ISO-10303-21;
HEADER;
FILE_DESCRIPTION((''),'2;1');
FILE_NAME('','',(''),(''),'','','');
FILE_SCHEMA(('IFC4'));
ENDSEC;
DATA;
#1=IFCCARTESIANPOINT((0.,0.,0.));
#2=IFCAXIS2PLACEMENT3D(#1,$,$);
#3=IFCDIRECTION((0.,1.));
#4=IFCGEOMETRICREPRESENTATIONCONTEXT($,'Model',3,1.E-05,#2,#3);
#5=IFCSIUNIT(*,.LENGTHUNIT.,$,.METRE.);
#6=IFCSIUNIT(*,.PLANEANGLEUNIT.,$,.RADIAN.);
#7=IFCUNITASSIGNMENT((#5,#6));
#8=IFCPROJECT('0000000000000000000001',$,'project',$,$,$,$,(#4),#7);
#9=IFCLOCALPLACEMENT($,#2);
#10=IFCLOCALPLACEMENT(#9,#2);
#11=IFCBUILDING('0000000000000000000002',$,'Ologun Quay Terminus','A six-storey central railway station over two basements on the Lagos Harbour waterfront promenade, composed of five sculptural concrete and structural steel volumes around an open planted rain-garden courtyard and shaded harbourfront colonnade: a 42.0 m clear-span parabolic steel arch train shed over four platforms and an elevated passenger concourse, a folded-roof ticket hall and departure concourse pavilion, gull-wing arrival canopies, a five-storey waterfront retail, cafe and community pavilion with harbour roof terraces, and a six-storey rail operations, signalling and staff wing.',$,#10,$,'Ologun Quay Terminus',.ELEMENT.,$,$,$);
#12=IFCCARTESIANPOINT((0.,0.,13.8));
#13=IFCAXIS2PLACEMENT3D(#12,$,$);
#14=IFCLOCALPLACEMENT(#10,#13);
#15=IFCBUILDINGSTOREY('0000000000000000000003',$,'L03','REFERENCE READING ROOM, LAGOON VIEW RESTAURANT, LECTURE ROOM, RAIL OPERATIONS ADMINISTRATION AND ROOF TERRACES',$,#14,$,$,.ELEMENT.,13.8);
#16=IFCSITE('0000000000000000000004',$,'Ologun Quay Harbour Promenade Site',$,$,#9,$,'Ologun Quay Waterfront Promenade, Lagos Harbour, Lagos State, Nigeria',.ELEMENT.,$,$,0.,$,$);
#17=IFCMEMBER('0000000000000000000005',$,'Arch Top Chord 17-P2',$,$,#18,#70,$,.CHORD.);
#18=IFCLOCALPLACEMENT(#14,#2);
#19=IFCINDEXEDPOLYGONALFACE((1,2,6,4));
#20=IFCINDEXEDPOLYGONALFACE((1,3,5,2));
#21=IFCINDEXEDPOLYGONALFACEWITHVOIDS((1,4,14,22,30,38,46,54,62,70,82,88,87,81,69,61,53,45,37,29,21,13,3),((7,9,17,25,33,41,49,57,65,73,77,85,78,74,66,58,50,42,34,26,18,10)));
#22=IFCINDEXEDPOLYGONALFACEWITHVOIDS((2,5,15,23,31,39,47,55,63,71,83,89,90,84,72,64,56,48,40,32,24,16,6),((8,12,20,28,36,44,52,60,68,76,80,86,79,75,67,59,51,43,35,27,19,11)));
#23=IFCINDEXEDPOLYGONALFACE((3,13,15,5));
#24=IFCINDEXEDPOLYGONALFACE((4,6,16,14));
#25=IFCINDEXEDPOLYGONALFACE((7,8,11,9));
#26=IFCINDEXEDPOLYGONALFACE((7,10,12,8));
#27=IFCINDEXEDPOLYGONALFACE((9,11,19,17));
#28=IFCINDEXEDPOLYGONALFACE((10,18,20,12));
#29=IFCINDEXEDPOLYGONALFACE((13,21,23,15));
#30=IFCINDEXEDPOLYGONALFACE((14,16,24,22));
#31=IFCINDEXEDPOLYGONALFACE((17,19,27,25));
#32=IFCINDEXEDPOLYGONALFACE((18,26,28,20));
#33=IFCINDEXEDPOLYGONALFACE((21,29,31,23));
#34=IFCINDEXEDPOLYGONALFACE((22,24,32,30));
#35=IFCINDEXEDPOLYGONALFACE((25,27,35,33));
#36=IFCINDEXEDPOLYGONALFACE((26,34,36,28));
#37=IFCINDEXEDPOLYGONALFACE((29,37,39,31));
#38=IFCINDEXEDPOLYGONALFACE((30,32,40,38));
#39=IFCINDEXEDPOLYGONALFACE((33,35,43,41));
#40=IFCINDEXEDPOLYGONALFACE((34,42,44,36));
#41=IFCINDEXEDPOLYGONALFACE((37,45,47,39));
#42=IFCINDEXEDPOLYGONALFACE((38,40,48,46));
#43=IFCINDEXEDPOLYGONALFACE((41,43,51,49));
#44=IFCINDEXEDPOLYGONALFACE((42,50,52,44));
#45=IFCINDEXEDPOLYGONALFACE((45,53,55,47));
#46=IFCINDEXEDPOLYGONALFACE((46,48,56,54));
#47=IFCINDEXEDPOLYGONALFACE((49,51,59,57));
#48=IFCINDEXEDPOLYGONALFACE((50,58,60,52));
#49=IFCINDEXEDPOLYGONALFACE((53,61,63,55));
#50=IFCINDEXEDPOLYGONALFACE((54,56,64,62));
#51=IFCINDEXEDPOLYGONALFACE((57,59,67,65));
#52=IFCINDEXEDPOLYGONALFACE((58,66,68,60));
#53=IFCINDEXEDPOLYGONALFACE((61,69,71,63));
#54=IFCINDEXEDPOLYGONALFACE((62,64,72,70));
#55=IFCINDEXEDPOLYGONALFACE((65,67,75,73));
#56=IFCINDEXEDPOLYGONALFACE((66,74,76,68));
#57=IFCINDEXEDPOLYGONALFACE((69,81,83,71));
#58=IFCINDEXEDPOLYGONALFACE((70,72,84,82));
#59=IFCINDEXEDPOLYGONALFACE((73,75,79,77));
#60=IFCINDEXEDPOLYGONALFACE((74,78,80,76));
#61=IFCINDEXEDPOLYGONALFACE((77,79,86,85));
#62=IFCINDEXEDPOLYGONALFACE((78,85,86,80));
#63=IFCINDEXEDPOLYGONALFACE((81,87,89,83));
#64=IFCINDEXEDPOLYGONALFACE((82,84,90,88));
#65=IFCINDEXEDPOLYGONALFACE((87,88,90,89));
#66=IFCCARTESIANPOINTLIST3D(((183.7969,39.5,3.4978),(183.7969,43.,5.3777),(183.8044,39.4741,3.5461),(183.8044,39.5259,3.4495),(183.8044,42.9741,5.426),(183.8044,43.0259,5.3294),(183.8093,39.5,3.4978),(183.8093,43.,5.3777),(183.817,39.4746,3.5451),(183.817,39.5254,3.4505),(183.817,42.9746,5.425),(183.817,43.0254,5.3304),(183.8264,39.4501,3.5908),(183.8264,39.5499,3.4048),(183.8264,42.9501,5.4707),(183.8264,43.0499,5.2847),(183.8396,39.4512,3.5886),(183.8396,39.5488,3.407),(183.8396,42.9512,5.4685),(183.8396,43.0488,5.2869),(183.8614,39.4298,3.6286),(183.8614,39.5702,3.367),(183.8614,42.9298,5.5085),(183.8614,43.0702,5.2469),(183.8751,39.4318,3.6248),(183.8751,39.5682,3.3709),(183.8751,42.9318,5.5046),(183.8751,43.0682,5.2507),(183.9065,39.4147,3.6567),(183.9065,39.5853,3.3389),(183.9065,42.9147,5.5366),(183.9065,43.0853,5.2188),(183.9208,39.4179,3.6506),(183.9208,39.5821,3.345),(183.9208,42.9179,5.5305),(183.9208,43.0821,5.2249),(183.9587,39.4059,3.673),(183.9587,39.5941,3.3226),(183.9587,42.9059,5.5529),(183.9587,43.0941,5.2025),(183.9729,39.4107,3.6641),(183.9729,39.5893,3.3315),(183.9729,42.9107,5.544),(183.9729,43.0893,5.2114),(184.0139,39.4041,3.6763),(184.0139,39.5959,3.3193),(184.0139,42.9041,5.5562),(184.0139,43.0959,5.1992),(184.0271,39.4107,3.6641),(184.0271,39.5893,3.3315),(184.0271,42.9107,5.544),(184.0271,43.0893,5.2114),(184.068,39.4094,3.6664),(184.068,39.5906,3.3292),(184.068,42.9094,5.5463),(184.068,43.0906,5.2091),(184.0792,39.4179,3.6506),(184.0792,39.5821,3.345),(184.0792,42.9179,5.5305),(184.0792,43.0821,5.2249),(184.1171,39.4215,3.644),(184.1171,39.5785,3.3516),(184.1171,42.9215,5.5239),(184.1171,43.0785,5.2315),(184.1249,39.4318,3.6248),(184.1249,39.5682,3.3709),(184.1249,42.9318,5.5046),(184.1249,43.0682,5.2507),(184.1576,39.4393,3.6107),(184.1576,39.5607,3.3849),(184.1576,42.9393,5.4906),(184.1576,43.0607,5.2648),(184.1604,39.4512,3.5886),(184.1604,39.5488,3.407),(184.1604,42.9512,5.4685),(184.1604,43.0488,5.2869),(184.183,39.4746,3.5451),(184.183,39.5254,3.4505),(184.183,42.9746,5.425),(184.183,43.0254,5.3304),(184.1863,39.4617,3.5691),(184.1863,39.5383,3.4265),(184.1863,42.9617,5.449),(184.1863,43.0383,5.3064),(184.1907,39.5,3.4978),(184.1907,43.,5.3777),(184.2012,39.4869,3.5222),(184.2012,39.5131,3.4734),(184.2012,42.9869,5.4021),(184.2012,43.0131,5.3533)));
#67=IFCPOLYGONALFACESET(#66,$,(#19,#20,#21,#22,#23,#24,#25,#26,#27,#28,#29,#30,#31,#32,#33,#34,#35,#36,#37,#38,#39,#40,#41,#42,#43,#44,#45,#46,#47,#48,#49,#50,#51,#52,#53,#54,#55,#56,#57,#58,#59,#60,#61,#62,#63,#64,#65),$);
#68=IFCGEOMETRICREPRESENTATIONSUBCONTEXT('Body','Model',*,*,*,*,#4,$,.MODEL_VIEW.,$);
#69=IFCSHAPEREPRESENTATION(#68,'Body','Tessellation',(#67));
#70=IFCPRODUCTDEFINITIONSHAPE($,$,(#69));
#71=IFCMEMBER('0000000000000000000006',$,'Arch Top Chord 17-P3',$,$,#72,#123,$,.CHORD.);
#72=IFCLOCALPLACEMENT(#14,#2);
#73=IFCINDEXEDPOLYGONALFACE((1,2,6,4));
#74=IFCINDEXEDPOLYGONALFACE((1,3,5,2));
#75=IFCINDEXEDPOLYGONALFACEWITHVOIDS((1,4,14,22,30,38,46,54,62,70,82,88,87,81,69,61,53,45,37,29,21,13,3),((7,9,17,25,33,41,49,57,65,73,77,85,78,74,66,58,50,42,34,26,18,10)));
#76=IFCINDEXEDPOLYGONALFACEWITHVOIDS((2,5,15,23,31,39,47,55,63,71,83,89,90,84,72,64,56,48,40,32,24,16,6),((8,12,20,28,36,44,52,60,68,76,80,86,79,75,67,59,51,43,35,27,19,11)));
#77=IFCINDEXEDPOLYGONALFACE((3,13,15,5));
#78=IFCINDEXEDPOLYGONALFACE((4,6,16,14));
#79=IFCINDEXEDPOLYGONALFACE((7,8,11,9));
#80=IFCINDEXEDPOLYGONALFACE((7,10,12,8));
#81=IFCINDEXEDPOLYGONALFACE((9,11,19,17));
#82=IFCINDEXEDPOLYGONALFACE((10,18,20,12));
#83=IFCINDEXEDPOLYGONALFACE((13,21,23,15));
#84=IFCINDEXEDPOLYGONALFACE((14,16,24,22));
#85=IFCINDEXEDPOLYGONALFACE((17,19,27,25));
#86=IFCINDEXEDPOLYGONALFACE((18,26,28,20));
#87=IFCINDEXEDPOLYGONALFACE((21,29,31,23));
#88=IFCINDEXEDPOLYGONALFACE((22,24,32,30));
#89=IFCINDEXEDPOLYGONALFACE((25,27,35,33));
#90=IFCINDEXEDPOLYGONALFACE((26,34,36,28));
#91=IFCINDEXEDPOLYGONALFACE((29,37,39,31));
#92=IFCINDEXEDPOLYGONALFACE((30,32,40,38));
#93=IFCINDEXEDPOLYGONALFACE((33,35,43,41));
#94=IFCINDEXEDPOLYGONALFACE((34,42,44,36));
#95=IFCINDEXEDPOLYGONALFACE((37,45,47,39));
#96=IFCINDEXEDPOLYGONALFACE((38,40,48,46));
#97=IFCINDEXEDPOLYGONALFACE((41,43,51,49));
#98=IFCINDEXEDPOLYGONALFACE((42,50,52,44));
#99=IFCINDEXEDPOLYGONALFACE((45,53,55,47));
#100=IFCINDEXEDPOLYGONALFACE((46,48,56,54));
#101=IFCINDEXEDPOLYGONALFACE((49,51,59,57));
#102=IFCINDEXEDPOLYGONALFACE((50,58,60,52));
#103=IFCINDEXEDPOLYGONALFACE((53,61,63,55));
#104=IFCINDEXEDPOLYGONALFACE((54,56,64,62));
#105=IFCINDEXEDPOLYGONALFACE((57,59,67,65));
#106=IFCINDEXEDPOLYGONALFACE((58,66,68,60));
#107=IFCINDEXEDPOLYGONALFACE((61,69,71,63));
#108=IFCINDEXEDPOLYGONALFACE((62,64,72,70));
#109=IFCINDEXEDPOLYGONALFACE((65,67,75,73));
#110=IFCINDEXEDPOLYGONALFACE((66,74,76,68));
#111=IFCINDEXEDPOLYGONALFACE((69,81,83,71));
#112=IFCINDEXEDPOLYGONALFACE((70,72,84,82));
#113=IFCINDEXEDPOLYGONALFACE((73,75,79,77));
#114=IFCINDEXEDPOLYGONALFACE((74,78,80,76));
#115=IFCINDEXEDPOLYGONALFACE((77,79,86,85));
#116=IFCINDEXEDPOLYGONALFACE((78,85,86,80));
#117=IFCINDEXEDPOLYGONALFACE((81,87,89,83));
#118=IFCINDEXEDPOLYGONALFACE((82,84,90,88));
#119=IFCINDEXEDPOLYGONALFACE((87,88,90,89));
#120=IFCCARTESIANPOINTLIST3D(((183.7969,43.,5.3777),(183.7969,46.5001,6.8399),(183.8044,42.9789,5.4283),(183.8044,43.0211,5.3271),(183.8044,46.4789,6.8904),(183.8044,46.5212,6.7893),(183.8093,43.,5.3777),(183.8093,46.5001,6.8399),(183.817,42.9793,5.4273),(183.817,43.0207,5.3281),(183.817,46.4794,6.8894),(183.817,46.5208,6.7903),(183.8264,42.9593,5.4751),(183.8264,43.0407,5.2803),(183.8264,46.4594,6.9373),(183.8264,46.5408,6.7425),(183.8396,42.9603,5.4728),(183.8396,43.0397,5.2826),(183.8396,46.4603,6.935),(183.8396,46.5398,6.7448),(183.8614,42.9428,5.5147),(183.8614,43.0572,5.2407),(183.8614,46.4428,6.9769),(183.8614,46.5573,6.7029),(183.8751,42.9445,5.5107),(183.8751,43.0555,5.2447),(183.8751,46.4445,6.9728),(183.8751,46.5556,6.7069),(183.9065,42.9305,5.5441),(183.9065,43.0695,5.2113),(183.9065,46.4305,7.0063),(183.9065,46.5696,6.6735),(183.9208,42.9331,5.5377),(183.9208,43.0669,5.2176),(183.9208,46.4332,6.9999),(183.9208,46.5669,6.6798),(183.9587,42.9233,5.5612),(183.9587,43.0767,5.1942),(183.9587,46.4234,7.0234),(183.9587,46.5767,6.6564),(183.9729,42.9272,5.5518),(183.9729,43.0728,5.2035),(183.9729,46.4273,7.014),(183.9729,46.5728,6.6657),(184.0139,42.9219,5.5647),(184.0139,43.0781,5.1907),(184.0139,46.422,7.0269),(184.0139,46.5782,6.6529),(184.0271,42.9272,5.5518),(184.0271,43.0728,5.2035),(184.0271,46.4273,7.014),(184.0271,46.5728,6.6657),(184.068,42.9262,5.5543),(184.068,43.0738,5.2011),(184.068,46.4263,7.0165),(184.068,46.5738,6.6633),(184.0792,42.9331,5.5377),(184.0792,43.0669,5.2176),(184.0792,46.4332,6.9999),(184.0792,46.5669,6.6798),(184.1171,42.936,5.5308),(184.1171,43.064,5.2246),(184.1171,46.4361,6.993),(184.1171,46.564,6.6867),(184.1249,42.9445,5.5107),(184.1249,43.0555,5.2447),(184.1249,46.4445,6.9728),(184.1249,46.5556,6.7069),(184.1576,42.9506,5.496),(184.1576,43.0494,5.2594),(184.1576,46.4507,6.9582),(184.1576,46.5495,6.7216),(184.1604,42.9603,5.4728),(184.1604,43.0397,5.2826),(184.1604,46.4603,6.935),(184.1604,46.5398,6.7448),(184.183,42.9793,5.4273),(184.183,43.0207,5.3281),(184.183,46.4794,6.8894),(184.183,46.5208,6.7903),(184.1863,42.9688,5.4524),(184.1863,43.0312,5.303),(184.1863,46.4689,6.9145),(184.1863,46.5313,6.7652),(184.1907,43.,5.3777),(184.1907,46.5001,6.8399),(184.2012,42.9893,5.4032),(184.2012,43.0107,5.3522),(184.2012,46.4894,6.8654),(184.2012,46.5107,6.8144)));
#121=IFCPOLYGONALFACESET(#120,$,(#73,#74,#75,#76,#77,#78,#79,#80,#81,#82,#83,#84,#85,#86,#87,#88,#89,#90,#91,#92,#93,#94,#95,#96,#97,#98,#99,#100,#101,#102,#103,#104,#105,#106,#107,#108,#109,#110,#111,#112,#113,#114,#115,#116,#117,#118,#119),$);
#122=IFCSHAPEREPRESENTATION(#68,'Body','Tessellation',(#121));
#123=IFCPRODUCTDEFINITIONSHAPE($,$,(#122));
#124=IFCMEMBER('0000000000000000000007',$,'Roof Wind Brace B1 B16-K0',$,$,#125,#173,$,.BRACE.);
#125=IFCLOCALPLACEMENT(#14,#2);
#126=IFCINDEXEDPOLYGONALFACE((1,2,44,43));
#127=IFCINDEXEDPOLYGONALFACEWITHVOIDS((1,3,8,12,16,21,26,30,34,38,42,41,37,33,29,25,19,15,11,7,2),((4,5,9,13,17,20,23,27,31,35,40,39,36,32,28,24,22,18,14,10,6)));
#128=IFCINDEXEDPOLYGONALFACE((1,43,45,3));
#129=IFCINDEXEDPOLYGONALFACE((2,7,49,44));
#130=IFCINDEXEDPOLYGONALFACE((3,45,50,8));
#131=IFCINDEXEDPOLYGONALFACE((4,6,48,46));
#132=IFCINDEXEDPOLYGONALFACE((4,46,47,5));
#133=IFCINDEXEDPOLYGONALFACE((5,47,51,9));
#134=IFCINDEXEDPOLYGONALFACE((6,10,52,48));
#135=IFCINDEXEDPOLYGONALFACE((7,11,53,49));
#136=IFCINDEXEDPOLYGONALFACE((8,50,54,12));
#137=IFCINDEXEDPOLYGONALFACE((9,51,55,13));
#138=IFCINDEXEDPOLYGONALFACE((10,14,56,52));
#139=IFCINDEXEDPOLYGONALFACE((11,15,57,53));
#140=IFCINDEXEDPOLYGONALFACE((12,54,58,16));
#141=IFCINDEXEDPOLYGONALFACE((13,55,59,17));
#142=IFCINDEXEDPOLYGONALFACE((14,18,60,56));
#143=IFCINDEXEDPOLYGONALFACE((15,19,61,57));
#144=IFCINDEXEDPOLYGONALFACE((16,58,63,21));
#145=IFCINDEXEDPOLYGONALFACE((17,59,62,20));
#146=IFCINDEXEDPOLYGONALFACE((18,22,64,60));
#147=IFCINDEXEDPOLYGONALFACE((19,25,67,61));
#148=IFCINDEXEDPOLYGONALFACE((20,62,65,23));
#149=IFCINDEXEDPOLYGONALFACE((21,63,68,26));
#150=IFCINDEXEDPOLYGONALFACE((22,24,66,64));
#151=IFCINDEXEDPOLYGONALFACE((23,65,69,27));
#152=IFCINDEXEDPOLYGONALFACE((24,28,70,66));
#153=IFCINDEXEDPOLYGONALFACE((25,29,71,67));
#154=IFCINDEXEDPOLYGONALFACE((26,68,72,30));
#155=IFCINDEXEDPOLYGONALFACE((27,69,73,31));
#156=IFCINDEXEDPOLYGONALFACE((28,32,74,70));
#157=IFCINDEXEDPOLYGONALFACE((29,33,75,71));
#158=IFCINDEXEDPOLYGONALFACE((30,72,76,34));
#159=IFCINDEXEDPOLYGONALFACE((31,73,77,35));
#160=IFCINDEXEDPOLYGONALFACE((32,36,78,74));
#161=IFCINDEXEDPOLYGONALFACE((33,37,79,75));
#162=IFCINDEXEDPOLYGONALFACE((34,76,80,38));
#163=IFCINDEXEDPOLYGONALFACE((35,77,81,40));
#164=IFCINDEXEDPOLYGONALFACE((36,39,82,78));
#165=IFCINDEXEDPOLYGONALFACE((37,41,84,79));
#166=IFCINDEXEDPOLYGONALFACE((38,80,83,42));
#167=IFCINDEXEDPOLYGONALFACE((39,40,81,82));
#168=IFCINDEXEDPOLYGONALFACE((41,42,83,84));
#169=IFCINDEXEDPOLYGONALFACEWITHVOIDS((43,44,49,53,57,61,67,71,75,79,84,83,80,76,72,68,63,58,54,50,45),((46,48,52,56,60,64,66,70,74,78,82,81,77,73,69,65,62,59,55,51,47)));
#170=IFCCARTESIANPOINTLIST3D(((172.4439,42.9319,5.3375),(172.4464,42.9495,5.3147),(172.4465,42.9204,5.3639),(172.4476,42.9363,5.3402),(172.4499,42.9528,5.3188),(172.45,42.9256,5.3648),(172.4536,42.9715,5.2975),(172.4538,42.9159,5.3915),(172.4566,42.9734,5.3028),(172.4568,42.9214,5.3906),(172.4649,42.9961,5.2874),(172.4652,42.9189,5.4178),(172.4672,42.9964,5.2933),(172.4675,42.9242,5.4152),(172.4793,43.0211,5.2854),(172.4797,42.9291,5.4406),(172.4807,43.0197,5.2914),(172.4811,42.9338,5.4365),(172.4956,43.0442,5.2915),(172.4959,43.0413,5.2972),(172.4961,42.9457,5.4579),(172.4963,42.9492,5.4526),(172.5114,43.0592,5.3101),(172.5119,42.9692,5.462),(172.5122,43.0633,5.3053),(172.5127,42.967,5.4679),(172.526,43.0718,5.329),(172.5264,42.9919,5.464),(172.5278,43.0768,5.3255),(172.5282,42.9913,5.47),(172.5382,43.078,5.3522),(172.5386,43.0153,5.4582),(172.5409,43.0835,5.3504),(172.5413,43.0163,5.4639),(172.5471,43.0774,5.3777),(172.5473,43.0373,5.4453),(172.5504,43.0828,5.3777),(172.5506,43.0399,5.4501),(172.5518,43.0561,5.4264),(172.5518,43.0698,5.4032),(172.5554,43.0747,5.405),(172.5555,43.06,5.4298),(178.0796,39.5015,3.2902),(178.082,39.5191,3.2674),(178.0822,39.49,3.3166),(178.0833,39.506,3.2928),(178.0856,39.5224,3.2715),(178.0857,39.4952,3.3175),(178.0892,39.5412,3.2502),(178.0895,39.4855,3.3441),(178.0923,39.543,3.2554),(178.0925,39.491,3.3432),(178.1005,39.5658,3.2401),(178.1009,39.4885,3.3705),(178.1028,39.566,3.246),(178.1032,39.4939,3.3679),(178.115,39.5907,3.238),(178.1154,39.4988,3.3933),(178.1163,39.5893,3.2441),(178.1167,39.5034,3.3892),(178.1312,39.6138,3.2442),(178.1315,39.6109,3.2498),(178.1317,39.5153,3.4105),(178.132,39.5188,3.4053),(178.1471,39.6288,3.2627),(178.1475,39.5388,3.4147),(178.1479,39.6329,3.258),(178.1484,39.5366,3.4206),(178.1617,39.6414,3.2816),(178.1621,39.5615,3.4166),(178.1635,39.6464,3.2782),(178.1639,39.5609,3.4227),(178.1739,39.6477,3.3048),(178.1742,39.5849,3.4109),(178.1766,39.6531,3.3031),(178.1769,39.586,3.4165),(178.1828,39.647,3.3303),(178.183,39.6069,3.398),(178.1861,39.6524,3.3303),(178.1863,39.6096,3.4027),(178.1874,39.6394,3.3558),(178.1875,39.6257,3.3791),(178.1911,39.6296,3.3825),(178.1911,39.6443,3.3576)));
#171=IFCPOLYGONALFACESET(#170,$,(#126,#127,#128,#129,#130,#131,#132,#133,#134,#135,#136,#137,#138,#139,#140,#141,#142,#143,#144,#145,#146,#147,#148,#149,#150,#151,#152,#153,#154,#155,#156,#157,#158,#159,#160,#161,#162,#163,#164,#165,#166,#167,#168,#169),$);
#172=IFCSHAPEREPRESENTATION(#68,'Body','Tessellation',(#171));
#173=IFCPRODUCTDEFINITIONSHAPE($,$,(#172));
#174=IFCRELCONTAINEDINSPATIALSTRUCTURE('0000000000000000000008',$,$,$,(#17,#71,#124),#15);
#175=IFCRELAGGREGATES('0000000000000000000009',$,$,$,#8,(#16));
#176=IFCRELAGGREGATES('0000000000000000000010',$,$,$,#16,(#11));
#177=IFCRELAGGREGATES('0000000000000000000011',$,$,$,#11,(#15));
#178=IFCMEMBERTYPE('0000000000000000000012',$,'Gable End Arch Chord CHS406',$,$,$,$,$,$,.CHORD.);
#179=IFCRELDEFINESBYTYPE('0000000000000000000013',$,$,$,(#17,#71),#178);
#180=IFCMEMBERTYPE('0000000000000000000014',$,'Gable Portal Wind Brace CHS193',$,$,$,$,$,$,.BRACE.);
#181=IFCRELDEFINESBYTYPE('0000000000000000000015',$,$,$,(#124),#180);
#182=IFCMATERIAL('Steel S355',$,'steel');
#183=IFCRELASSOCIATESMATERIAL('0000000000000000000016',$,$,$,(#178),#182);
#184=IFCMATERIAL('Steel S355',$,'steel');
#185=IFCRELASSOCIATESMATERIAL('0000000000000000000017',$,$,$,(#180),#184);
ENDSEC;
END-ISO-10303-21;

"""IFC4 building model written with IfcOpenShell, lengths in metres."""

from ifc_helpers import new_model, si_unit, direction, frame, origin, origin_2d, place, context, subcontext, project, spatial, hollow_circle, extrude, material, material_profile, profile_set, type_object, element, save


model = new_model("IFC4")

# Units and contexts
model_context = context("Model", 3, precision=1e-05, world=origin(), true_north=direction((0.0, 1.0)))
body_context = subcontext(model_context, "Body", "Model", "MODEL_VIEW")
ifc_project = project(units=[si_unit("LENGTHUNIT", "METRE"), si_unit("PLANEANGLEUNIT", "RADIAN")], contexts=[model_context])

# Site, building, storey
site_placement = place(None, origin())
site = spatial("IfcSite", under=ifc_project, at=site_placement, Name="Ologun Quay Harbour Promenade Site", LongName="Ologun Quay Waterfront Promenade, Lagos Harbour, Lagos State, Nigeria", CompositionType="ELEMENT", RefElevation=0.0)
building_placement = place(site_placement, origin())
building = spatial("IfcBuilding", under=site, at=building_placement, Name="Ologun Quay Terminus", Description="A six-storey central railway station over two basements on the Lagos Harbour waterfront promenade, composed of five sculptural concrete and structural steel volumes around an open planted rain-garden courtyard and shaded harbourfront colonnade: a 42.0 m clear-span parabolic steel arch train shed over four platforms and an elevated passenger concourse, a folded-roof ticket hall and departure concourse pavilion, gull-wing arrival canopies, a five-storey waterfront retail, cafe and community pavilion with harbour roof terraces, and a six-storey rail operations, signalling and staff wing.", LongName="Ologun Quay Terminus", CompositionType="ELEMENT")
storey_placement = place(building_placement, frame((0.0, 0.0, 13.8)))
storey = spatial("IfcBuildingStorey", under=building, at=storey_placement, Name="L03", Description="REFERENCE READING ROOM, LAGOON VIEW RESTAURANT, LECTURE ROOM, RAIL OPERATIONS ADMINISTRATION AND ROOF TERRACES", CompositionType="ELEMENT", Elevation=13.8)

# Members
ifc_material_1 = material(Name="Steel S355", Category="steel")
ifc_material_profile_1 = material_profile(ifc_material_1, hollow_circle(Radius=0.2031, WallThickness=0.0125, at=origin_2d()), Name="CHS 406.4x12.5")
ifc_profile_set_1 = profile_set([ifc_material_profile_1], Name="Steel S355")
member_type_1 = type_object("IfcMemberType", Name="Gable End Arch Chord CHS406", PredefinedType="CHORD", material=ifc_profile_set_1)
member_1_placement = place(storey_placement, frame((184.0, 39.5, 3.4978), z_axis=(0.0, 0.880968, 0.473176), x_axis=(-1.0, 0.0, 0.0)))
element("IfcMember", 1, at=member_1_placement, inside=storey, type_object=member_type_1, Name="Arch Top Chord 17-P2", PredefinedType="CHORD", context=body_context, shape_type="SweptSolid", body=[
    extrude(hollow_circle(Radius=0.2031, WallThickness=0.0125, at=origin_2d()), origin(), (0.0, 0.0, 1.0), 3.9729),
])
member_2_placement = place(storey_placement, frame((184.0, 43.0, 5.3777), z_axis=(0.0, 0.922719, 0.385474), x_axis=(-1.0, 0.0, 0.0)))
element("IfcMember", 2, at=member_2_placement, inside=storey, type_object=member_type_1, Name="Arch Top Chord 17-P3", PredefinedType="CHORD", context=body_context, shape_type="SweptSolid", body=[
    extrude(hollow_circle(Radius=0.2031, WallThickness=0.0125, at=origin_2d()), origin(), (0.0, 0.0, 1.0), 3.7932),
])
ifc_material_2 = material(Name="Steel S355", Category="steel")
ifc_material_profile_2 = material_profile(ifc_material_2, hollow_circle(Radius=0.0969, WallThickness=0.0063, at=origin_2d()), Name="CHS 193.7x6.3")
ifc_profile_set_2 = profile_set([ifc_material_profile_2], Name="Steel S355")
member_type_2 = type_object("IfcMemberType", Name="Gable Portal Wind Brace CHS193", PredefinedType="BRACE", material=ifc_profile_set_2)
for number, where, z_axis, x_axis, name in (
    (3, (172.5, 43.0, 5.3777), (0.815823, -0.496583, -0.296374), (0.519943, 0.854201, 0.0), "Roof Wind Brace B1 B16-K0"),
):
    element("IfcMember", number, at=place(storey_placement, frame(where, z_axis=z_axis, x_axis=x_axis)), inside=storey, type_object=member_type_2, Name=name, PredefinedType="BRACE", context=body_context, shape_type="SweptSolid", body=[
        extrude(hollow_circle(Radius=0.0969, WallThickness=0.0063, at=origin_2d()), origin(), (0.0, 0.0, 1.0), 6.908),
    ])

save(model, "model.ifc")
